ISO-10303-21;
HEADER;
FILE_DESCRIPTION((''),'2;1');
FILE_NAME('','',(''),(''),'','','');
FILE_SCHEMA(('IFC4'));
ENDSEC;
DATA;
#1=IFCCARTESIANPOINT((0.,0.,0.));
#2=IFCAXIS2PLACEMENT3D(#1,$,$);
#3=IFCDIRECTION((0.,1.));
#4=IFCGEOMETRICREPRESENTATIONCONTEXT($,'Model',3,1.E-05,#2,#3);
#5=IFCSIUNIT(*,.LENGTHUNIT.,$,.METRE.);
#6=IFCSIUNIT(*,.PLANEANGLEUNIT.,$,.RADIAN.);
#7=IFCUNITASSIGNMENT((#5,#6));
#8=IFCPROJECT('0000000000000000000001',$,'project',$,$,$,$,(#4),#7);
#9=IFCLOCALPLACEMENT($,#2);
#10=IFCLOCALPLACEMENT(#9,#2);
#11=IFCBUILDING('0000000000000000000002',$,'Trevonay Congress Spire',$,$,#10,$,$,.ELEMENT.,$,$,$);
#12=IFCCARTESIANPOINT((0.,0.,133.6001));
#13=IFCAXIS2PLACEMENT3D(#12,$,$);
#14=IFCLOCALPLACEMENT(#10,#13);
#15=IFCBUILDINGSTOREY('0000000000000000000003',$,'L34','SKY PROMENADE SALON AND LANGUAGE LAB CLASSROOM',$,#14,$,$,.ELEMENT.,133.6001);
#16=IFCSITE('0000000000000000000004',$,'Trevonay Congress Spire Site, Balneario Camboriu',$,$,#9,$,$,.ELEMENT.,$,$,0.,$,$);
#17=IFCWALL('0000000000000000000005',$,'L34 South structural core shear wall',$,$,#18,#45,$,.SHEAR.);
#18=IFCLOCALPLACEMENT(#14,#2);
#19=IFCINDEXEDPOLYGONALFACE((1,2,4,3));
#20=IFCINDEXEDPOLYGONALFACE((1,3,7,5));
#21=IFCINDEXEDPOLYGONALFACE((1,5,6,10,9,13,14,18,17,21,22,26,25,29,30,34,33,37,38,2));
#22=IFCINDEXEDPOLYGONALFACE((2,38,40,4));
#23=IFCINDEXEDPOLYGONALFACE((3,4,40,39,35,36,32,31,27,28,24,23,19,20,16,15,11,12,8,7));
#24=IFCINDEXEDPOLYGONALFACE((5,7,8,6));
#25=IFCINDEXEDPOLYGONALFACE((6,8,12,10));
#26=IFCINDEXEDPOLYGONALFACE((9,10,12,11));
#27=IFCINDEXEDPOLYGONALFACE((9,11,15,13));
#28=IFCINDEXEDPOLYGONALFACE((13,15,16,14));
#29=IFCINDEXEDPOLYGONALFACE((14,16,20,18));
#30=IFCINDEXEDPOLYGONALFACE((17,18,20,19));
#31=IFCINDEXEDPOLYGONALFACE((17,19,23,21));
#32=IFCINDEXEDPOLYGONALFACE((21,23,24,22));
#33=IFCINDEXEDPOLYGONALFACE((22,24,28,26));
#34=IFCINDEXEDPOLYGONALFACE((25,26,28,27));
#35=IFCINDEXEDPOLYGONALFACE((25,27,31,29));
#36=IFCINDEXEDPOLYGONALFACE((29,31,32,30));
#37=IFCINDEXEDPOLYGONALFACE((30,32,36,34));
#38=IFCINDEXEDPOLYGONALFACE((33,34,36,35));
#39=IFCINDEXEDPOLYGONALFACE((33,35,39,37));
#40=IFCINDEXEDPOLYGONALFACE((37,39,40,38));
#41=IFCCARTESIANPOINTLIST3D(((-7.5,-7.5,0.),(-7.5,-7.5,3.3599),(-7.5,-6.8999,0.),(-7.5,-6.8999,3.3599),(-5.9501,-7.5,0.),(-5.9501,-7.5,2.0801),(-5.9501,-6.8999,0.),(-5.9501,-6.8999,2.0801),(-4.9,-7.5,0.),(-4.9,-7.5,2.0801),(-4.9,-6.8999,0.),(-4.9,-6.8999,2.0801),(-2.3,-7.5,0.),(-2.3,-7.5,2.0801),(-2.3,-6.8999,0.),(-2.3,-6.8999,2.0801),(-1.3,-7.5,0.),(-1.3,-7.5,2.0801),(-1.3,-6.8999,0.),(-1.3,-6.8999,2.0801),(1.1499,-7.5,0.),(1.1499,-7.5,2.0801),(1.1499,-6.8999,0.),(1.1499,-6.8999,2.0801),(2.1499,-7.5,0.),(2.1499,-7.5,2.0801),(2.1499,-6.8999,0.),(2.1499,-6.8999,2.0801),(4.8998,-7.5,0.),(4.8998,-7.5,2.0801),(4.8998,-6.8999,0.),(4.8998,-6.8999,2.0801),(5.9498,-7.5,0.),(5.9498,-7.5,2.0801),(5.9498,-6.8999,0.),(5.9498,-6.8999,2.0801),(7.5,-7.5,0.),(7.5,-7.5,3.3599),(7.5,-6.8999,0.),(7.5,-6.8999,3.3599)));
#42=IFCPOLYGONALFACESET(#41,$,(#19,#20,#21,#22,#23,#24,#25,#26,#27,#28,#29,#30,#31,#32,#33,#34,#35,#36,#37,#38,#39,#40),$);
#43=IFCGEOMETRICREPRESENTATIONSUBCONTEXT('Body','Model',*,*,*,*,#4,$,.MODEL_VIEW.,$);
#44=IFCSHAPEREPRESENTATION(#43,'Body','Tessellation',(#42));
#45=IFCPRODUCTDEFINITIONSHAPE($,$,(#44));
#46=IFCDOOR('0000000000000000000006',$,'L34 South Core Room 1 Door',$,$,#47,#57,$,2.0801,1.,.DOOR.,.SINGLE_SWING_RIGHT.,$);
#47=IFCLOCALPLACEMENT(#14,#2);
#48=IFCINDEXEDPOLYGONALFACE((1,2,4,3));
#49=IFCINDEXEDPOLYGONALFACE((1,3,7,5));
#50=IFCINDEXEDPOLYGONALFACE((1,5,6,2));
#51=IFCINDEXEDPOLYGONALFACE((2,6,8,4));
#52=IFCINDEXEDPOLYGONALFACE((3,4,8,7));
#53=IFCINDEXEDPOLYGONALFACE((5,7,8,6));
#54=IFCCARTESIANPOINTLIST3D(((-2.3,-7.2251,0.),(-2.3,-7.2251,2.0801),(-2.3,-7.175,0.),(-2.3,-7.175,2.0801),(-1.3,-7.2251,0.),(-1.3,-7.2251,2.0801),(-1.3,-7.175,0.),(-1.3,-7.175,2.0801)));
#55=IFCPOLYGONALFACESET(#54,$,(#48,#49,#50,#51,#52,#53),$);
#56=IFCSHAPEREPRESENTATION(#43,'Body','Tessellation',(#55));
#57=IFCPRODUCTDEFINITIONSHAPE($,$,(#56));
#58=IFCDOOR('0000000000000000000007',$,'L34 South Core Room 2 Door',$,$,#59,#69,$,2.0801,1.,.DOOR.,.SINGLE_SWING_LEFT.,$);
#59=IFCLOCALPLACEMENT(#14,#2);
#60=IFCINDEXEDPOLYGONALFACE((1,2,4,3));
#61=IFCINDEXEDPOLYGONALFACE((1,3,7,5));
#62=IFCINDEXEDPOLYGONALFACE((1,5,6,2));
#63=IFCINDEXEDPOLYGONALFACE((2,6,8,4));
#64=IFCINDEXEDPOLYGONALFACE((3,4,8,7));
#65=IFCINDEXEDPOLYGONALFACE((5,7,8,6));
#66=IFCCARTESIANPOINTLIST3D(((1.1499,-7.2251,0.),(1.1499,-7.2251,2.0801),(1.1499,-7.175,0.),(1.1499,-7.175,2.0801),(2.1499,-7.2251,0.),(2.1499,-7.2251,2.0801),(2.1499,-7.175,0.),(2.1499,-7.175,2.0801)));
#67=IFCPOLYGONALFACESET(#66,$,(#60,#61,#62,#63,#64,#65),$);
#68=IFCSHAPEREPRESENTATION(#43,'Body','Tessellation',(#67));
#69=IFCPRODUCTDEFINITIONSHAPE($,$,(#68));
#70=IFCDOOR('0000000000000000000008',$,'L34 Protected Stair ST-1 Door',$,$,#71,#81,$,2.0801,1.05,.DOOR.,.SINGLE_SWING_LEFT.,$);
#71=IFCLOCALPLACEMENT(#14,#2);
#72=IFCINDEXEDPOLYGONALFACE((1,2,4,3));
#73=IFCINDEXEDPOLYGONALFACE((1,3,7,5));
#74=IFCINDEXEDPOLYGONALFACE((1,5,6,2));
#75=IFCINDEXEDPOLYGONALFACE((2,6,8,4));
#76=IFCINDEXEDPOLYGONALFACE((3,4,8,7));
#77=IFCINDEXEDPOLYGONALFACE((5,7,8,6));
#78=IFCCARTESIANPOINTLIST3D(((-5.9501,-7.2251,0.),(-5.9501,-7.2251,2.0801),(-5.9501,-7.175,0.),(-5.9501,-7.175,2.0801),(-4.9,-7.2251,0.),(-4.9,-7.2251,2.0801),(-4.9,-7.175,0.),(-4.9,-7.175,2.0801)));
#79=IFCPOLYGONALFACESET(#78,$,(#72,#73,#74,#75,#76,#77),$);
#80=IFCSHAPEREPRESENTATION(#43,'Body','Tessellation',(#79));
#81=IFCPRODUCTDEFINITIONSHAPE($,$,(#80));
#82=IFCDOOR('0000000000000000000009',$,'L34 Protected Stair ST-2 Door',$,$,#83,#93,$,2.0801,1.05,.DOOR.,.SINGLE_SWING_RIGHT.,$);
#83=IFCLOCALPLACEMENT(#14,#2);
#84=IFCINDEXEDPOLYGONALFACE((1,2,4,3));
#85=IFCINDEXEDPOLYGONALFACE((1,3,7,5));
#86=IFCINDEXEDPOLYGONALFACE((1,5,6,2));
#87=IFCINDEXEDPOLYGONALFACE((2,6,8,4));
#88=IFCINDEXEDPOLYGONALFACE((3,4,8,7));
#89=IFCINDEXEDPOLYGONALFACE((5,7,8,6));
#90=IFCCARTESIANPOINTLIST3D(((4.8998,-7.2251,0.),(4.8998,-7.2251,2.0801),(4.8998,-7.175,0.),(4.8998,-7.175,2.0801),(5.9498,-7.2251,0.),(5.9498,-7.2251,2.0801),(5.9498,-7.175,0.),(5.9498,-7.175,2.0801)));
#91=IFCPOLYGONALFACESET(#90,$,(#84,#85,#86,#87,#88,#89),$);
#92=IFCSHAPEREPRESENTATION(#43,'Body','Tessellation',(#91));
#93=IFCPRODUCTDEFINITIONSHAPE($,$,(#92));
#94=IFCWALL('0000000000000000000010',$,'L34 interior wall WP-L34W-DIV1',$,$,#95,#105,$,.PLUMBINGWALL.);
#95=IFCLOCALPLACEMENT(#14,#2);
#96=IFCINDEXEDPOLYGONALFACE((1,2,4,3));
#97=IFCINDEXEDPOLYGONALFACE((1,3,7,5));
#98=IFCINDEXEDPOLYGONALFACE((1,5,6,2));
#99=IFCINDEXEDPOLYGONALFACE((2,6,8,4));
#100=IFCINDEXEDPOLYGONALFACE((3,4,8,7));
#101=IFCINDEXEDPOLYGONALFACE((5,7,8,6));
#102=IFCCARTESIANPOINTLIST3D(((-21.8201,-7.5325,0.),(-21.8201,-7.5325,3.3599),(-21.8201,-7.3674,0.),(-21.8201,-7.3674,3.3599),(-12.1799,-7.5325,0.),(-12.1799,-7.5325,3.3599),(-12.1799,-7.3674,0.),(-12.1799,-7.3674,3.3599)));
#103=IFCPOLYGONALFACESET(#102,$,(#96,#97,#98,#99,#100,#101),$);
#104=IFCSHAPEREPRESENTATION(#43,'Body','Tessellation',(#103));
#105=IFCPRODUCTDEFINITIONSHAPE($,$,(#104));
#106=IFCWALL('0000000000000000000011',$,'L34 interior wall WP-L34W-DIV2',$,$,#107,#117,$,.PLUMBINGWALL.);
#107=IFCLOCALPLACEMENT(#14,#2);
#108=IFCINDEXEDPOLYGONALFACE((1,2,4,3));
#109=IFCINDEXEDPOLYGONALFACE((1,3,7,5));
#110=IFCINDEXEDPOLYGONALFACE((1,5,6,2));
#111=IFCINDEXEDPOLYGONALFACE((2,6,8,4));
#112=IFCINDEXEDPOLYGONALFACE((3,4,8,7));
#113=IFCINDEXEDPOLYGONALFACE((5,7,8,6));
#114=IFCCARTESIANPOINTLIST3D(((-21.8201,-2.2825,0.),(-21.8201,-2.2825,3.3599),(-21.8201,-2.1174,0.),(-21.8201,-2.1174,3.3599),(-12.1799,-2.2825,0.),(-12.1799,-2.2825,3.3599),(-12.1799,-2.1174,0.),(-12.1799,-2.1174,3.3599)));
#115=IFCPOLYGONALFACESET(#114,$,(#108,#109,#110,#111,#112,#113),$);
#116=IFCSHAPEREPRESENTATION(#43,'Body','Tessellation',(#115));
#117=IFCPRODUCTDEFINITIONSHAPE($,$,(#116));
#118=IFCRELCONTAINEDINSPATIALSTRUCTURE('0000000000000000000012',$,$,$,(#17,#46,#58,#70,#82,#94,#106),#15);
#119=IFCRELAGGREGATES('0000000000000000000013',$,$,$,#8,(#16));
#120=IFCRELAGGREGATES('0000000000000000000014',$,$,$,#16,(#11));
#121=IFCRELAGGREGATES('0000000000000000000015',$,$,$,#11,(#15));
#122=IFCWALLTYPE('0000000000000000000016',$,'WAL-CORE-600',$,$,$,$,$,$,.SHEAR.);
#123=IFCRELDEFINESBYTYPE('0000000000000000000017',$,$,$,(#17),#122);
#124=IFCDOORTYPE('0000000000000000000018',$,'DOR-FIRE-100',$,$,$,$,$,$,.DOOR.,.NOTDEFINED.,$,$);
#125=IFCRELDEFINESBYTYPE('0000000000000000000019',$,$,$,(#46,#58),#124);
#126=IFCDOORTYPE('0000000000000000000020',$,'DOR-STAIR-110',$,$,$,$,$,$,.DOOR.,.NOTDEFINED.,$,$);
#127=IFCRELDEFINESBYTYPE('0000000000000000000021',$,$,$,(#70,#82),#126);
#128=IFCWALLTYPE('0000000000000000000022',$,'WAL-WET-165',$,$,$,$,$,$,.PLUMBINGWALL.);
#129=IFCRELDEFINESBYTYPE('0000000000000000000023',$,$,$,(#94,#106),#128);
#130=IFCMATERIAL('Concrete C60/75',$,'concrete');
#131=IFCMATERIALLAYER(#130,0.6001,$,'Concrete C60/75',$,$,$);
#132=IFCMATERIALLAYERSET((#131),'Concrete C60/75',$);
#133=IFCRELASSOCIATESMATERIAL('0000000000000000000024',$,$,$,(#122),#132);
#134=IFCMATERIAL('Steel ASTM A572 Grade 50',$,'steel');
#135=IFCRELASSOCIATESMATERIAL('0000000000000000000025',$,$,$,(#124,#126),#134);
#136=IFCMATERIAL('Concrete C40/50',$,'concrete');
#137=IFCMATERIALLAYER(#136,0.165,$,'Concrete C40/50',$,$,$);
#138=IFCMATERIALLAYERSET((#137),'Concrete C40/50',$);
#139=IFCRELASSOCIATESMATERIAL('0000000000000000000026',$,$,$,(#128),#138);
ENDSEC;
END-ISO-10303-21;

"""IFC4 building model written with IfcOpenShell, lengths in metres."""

from ifc_helpers import new_model, si_unit, direction, frame, frame_2d, origin, place, context, subcontext, project, spatial, rectangle, extrude, material, layer, layer_set, type_object, element, fill, save


model = new_model("IFC4")

# Units and contexts
model_context = context("Model", 3, precision=1e-05, world=origin(), true_north=direction((0.0, 1.0)))
body_context = subcontext(model_context, "Body", "Model", "MODEL_VIEW")
ifc_project = project(units=[si_unit("LENGTHUNIT", "METRE"), si_unit("PLANEANGLEUNIT", "RADIAN")], contexts=[model_context])

# Site, building, storey
site_placement = place(None, origin())
site = spatial("IfcSite", under=ifc_project, at=site_placement, Name="Trevonay Congress Spire Site, Balneario Camboriu", CompositionType="ELEMENT", RefElevation=0.0)
building_placement = place(site_placement, origin())
building = spatial("IfcBuilding", under=site, at=building_placement, Name="Trevonay Congress Spire", CompositionType="ELEMENT")
storey_placement = place(building_placement, frame((0.0, 0.0, 133.6001)))
storey = spatial("IfcBuildingStorey", under=building, at=storey_placement, Name="L34", Description="SKY PROMENADE SALON AND LANGUAGE LAB CLASSROOM", CompositionType="ELEMENT", Elevation=133.6001)

# Shared definitions
ifc_material_1 = material(Name="Steel ASTM A572 Grade 50", Category="steel")

# Wall, openings, doors
ifc_material_2 = material(Name="Concrete C60/75", Category="concrete")
ifc_layer_1 = layer(ifc_material_2, 0.6001, Name="Concrete C60/75")
ifc_layer_set_1 = layer_set([ifc_layer_1], Name="Concrete C60/75")
wall_type_1 = type_object("IfcWallType", Name="WAL-CORE-600", PredefinedType="SHEAR", material=ifc_layer_set_1)
wall_placement = place(storey_placement, frame((-7.5, -7.2, 0.0), z_axis=(0.0, 0.0, 1.0), x_axis=(1.0, 0.0, 0.0)))
wall = element("IfcWall", 1, at=wall_placement, inside=storey, type_object=wall_type_1, Name="L34 South structural core shear wall", PredefinedType="SHEAR", context=body_context, shape_type="SweptSolid", body=[
    extrude(rectangle(XDim=15.0, YDim=0.6001, at=frame_2d((7.5, 0.0))), origin(), (0.0, 0.0, 1.0), 3.3599),
])
opening_1_placement = place(wall_placement, frame((1.55, 0.0, 0.0)))
opening_1 = element("IfcOpeningElement", 2, at=opening_1_placement, cuts=wall, PredefinedType="OPENING", context=body_context, shape_type="SweptSolid", body=[
    extrude(rectangle(XDim=1.05, YDim=2.0801, at=frame_2d((0.5249, 1.04))), frame((0.0, 0.3101, 0.0), z_axis=(0.0, -1.0, 0.0), x_axis=(1.0, 0.0, 0.0)), (0.0, 0.0, 1.0), 0.6201),
])
opening_2_placement = place(wall_placement, frame((12.3999, 0.0, 0.0)))
opening_2 = element("IfcOpeningElement", 3, at=opening_2_placement, cuts=wall, PredefinedType="OPENING", context=body_context, shape_type="SweptSolid", body=[
    extrude(rectangle(XDim=1.05, YDim=2.0801, at=frame_2d((0.5249, 1.04))), frame((0.0, 0.3101, 0.0), z_axis=(0.0, -1.0, 0.0), x_axis=(1.0, 0.0, 0.0)), (0.0, 0.0, 1.0), 0.6201),
])
opening_3_placement = place(wall_placement, frame((5.2, 0.0, 0.0)))
opening_3 = element("IfcOpeningElement", 4, at=opening_3_placement, cuts=wall, PredefinedType="OPENING", context=body_context, shape_type="SweptSolid", body=[
    extrude(rectangle(XDim=1.0, YDim=2.0801, at=frame_2d((0.5, 1.04))), frame((0.0, 0.3101, 0.0), z_axis=(0.0, -1.0, 0.0), x_axis=(1.0, 0.0, 0.0)), (0.0, 0.0, 1.0), 0.6201),
])
opening_4_placement = place(wall_placement, frame((8.6499, 0.0, 0.0)))
opening_4 = element("IfcOpeningElement", 5, at=opening_4_placement, cuts=wall, PredefinedType="OPENING", context=body_context, shape_type="SweptSolid", body=[
    extrude(rectangle(XDim=1.0, YDim=2.0801, at=frame_2d((0.5, 1.04))), frame((0.0, 0.3101, 0.0), z_axis=(0.0, -1.0, 0.0), x_axis=(1.0, 0.0, 0.0)), (0.0, 0.0, 1.0), 0.6201),
])
door_type_1 = type_object("IfcDoorType", Name="DOR-FIRE-100", OperationType="NOTDEFINED", PredefinedType="DOOR", material=ifc_material_1)
door_1_placement = place(opening_3_placement, origin())
door_1 = element("IfcDoor", 6, at=door_1_placement, inside=storey, type_object=door_type_1, Name="L34 South Core Room 1 Door", OperationType="SINGLE_SWING_RIGHT", OverallHeight=2.0801, OverallWidth=1.0, PredefinedType="DOOR", context=body_context, shape_type="SweptSolid", body=[
    extrude(rectangle(XDim=1.0, YDim=2.0801, at=frame_2d((0.5, 1.04))), frame((0.0, 0.0249, 0.0), z_axis=(0.0, -1.0, 0.0), x_axis=(1.0, 0.0, 0.0)), (0.0, 0.0, 1.0), 0.05),
])
fill(opening_3, door_1)
door_2_placement = place(opening_4_placement, origin())
door_2 = element("IfcDoor", 7, at=door_2_placement, inside=storey, type_object=door_type_1, Name="L34 South Core Room 2 Door", OperationType="SINGLE_SWING_LEFT", OverallHeight=2.0801, OverallWidth=1.0, PredefinedType="DOOR", context=body_context, shape_type="SweptSolid", body=[
    extrude(rectangle(XDim=1.0, YDim=2.0801, at=frame_2d((0.5, 1.04))), frame((0.0, 0.0249, 0.0), z_axis=(0.0, -1.0, 0.0), x_axis=(1.0, 0.0, 0.0)), (0.0, 0.0, 1.0), 0.05),
])
fill(opening_4, door_2)
door_type_2 = type_object("IfcDoorType", Name="DOR-STAIR-110", OperationType="NOTDEFINED", PredefinedType="DOOR", material=ifc_material_1)
door_3_placement = place(opening_1_placement, origin())
door_3 = element("IfcDoor", 8, at=door_3_placement, inside=storey, type_object=door_type_2, Name="L34 Protected Stair ST-1 Door", OperationType="SINGLE_SWING_LEFT", OverallHeight=2.0801, OverallWidth=1.05, PredefinedType="DOOR", context=body_context, shape_type="SweptSolid", body=[
    extrude(rectangle(XDim=1.05, YDim=2.0801, at=frame_2d((0.5249, 1.04))), frame((0.0, 0.0249, 0.0), z_axis=(0.0, -1.0, 0.0), x_axis=(1.0, 0.0, 0.0)), (0.0, 0.0, 1.0), 0.05),
])
fill(opening_1, door_3)
door_4_placement = place(opening_2_placement, origin())
door_4 = element("IfcDoor", 9, at=door_4_placement, inside=storey, type_object=door_type_2, Name="L34 Protected Stair ST-2 Door", OperationType="SINGLE_SWING_RIGHT", OverallHeight=2.0801, OverallWidth=1.05, PredefinedType="DOOR", context=body_context, shape_type="SweptSolid", body=[
    extrude(rectangle(XDim=1.05, YDim=2.0801, at=frame_2d((0.5249, 1.04))), frame((0.0, 0.0249, 0.0), z_axis=(0.0, -1.0, 0.0), x_axis=(1.0, 0.0, 0.0)), (0.0, 0.0, 1.0), 0.05),
])
fill(opening_2, door_4)

# Walls
ifc_material_3 = material(Name="Concrete C40/50", Category="concrete")
ifc_layer_2 = layer(ifc_material_3, 0.165, Name="Concrete C40/50")
ifc_layer_set_2 = layer_set([ifc_layer_2], Name="Concrete C40/50")
wall_type_2 = type_object("IfcWallType", Name="WAL-WET-165", PredefinedType="PLUMBINGWALL", material=ifc_layer_set_2)
for number, where, z_axis, x_axis, name in (
    (10, (-21.8201, -7.45, 0.0), (0.0, 0.0, 1.0), (1.0, 0.0, 0.0), "L34 interior wall WP-L34W-DIV1"),
    (11, (-21.8201, -2.2, 0.0), (0.0, 0.0, 1.0), (1.0, 0.0, 0.0), "L34 interior wall WP-L34W-DIV2"),
):
    element("IfcWall", number, at=place(storey_placement, frame(where, z_axis=z_axis, x_axis=x_axis)), inside=storey, type_object=wall_type_2, Name=name, PredefinedType="PLUMBINGWALL", context=body_context, shape_type="SweptSolid", body=[
        extrude(rectangle(XDim=9.6401, YDim=0.165, at=frame_2d((4.8201, 0.0))), origin(), (0.0, 0.0, 1.0), 3.3599),
    ])

save(model, "model.ifc")
